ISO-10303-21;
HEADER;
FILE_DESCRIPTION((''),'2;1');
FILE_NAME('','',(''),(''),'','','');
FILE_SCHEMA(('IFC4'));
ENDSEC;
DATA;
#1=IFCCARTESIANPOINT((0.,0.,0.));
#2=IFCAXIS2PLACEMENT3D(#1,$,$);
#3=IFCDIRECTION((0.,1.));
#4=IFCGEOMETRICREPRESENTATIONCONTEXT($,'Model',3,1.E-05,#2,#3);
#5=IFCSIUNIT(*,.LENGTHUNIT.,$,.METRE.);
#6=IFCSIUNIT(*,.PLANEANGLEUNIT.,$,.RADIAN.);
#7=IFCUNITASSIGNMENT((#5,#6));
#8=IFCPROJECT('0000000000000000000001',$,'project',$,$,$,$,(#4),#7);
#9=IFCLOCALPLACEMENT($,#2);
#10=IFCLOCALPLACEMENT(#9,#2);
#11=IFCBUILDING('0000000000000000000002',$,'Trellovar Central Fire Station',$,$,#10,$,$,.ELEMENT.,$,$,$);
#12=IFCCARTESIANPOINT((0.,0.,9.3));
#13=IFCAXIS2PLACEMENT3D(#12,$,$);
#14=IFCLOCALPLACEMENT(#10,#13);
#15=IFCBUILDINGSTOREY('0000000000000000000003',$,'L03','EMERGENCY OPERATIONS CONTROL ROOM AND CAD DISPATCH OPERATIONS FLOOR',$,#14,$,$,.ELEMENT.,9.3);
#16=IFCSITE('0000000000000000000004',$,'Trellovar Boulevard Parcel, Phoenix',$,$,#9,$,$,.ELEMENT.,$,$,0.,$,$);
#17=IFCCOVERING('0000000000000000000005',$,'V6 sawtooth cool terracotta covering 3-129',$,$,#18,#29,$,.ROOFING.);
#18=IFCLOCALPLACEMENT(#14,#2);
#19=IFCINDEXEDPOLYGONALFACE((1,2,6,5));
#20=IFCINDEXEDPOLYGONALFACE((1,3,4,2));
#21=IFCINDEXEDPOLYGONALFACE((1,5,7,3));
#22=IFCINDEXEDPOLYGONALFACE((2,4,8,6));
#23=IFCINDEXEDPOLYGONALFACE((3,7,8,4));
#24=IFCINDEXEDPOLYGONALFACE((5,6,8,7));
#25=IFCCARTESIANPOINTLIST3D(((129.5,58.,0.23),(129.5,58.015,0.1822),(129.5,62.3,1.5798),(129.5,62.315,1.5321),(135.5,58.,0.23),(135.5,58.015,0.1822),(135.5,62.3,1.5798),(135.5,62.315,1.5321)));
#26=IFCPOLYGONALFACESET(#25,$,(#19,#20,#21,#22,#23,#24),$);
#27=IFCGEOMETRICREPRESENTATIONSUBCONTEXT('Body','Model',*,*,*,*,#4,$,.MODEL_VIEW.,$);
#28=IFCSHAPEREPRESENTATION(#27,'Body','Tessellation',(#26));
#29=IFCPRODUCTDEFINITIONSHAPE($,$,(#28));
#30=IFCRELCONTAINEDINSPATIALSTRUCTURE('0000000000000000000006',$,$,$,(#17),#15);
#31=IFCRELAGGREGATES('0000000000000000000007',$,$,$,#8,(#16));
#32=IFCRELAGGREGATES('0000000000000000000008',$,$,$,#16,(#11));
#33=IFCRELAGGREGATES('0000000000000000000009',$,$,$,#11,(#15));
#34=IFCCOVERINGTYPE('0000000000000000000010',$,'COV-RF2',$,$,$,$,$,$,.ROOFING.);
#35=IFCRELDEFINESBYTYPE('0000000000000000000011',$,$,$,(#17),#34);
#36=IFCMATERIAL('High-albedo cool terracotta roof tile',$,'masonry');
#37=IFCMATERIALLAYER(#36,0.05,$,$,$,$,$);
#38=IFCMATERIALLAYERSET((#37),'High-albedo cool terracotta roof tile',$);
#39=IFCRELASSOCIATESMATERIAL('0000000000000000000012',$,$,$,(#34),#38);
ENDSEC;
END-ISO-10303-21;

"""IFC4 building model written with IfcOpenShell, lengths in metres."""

from ifc_helpers import new_model, si_unit, direction, frame, origin, place, context, subcontext, project, spatial, polyline, outline, extrude, material, layer, layer_set, type_object, element, save


model = new_model("IFC4")

# Units and contexts
model_context = context("Model", 3, precision=1e-05, world=origin(), true_north=direction((0.0, 1.0)))
body_context = subcontext(model_context, "Body", "Model", "MODEL_VIEW")
ifc_project = project(units=[si_unit("LENGTHUNIT", "METRE"), si_unit("PLANEANGLEUNIT", "RADIAN")], contexts=[model_context])

# Site, building, storey
site_placement = place(None, origin())
site = spatial("IfcSite", under=ifc_project, at=site_placement, Name="Trellovar Boulevard Parcel, Phoenix", CompositionType="ELEMENT", RefElevation=0.0)
building_placement = place(site_placement, origin())
building = spatial("IfcBuilding", under=site, at=building_placement, Name="Trellovar Central Fire Station", CompositionType="ELEMENT")
storey_placement = place(building_placement, frame((0.0, 0.0, 9.3)))
storey = spatial("IfcBuildingStorey", under=building, at=storey_placement, Name="L03", Description="EMERGENCY OPERATIONS CONTROL ROOM AND CAD DISPATCH OPERATIONS FLOOR", CompositionType="ELEMENT", Elevation=9.3)

# Covering
ifc_material_1 = material(Name="High-albedo cool terracotta roof tile", Category="masonry")
ifc_layer_1 = layer(ifc_material_1, 0.05)
ifc_layer_set_1 = layer_set([ifc_layer_1], Name="High-albedo cool terracotta roof tile")
covering_type = type_object("IfcCoveringType", Name="COV-RF2", PredefinedType="ROOFING", material=ifc_layer_set_1)
covering_placement = place(storey_placement, frame((129.5, 58.0, 0.23), z_axis=(0.0, -0.299505, 0.954095), x_axis=(1.0, 0.0, 0.0)))
element("IfcCovering", 1, at=covering_placement, inside=storey, type_object=covering_type, Name="V6 sawtooth cool terracotta covering 3-129", PredefinedType="ROOFING", context=body_context, shape_type="SweptSolid", body=[
    extrude(outline(polyline([(0.0, 0.0), (6.0, 0.0), (6.0, 4.5069), (0.0, 4.5069), (0.0, 0.0)])), origin(), (0.0, 0.0, -1.0), 0.05),
])

save(model, "model.ifc")
